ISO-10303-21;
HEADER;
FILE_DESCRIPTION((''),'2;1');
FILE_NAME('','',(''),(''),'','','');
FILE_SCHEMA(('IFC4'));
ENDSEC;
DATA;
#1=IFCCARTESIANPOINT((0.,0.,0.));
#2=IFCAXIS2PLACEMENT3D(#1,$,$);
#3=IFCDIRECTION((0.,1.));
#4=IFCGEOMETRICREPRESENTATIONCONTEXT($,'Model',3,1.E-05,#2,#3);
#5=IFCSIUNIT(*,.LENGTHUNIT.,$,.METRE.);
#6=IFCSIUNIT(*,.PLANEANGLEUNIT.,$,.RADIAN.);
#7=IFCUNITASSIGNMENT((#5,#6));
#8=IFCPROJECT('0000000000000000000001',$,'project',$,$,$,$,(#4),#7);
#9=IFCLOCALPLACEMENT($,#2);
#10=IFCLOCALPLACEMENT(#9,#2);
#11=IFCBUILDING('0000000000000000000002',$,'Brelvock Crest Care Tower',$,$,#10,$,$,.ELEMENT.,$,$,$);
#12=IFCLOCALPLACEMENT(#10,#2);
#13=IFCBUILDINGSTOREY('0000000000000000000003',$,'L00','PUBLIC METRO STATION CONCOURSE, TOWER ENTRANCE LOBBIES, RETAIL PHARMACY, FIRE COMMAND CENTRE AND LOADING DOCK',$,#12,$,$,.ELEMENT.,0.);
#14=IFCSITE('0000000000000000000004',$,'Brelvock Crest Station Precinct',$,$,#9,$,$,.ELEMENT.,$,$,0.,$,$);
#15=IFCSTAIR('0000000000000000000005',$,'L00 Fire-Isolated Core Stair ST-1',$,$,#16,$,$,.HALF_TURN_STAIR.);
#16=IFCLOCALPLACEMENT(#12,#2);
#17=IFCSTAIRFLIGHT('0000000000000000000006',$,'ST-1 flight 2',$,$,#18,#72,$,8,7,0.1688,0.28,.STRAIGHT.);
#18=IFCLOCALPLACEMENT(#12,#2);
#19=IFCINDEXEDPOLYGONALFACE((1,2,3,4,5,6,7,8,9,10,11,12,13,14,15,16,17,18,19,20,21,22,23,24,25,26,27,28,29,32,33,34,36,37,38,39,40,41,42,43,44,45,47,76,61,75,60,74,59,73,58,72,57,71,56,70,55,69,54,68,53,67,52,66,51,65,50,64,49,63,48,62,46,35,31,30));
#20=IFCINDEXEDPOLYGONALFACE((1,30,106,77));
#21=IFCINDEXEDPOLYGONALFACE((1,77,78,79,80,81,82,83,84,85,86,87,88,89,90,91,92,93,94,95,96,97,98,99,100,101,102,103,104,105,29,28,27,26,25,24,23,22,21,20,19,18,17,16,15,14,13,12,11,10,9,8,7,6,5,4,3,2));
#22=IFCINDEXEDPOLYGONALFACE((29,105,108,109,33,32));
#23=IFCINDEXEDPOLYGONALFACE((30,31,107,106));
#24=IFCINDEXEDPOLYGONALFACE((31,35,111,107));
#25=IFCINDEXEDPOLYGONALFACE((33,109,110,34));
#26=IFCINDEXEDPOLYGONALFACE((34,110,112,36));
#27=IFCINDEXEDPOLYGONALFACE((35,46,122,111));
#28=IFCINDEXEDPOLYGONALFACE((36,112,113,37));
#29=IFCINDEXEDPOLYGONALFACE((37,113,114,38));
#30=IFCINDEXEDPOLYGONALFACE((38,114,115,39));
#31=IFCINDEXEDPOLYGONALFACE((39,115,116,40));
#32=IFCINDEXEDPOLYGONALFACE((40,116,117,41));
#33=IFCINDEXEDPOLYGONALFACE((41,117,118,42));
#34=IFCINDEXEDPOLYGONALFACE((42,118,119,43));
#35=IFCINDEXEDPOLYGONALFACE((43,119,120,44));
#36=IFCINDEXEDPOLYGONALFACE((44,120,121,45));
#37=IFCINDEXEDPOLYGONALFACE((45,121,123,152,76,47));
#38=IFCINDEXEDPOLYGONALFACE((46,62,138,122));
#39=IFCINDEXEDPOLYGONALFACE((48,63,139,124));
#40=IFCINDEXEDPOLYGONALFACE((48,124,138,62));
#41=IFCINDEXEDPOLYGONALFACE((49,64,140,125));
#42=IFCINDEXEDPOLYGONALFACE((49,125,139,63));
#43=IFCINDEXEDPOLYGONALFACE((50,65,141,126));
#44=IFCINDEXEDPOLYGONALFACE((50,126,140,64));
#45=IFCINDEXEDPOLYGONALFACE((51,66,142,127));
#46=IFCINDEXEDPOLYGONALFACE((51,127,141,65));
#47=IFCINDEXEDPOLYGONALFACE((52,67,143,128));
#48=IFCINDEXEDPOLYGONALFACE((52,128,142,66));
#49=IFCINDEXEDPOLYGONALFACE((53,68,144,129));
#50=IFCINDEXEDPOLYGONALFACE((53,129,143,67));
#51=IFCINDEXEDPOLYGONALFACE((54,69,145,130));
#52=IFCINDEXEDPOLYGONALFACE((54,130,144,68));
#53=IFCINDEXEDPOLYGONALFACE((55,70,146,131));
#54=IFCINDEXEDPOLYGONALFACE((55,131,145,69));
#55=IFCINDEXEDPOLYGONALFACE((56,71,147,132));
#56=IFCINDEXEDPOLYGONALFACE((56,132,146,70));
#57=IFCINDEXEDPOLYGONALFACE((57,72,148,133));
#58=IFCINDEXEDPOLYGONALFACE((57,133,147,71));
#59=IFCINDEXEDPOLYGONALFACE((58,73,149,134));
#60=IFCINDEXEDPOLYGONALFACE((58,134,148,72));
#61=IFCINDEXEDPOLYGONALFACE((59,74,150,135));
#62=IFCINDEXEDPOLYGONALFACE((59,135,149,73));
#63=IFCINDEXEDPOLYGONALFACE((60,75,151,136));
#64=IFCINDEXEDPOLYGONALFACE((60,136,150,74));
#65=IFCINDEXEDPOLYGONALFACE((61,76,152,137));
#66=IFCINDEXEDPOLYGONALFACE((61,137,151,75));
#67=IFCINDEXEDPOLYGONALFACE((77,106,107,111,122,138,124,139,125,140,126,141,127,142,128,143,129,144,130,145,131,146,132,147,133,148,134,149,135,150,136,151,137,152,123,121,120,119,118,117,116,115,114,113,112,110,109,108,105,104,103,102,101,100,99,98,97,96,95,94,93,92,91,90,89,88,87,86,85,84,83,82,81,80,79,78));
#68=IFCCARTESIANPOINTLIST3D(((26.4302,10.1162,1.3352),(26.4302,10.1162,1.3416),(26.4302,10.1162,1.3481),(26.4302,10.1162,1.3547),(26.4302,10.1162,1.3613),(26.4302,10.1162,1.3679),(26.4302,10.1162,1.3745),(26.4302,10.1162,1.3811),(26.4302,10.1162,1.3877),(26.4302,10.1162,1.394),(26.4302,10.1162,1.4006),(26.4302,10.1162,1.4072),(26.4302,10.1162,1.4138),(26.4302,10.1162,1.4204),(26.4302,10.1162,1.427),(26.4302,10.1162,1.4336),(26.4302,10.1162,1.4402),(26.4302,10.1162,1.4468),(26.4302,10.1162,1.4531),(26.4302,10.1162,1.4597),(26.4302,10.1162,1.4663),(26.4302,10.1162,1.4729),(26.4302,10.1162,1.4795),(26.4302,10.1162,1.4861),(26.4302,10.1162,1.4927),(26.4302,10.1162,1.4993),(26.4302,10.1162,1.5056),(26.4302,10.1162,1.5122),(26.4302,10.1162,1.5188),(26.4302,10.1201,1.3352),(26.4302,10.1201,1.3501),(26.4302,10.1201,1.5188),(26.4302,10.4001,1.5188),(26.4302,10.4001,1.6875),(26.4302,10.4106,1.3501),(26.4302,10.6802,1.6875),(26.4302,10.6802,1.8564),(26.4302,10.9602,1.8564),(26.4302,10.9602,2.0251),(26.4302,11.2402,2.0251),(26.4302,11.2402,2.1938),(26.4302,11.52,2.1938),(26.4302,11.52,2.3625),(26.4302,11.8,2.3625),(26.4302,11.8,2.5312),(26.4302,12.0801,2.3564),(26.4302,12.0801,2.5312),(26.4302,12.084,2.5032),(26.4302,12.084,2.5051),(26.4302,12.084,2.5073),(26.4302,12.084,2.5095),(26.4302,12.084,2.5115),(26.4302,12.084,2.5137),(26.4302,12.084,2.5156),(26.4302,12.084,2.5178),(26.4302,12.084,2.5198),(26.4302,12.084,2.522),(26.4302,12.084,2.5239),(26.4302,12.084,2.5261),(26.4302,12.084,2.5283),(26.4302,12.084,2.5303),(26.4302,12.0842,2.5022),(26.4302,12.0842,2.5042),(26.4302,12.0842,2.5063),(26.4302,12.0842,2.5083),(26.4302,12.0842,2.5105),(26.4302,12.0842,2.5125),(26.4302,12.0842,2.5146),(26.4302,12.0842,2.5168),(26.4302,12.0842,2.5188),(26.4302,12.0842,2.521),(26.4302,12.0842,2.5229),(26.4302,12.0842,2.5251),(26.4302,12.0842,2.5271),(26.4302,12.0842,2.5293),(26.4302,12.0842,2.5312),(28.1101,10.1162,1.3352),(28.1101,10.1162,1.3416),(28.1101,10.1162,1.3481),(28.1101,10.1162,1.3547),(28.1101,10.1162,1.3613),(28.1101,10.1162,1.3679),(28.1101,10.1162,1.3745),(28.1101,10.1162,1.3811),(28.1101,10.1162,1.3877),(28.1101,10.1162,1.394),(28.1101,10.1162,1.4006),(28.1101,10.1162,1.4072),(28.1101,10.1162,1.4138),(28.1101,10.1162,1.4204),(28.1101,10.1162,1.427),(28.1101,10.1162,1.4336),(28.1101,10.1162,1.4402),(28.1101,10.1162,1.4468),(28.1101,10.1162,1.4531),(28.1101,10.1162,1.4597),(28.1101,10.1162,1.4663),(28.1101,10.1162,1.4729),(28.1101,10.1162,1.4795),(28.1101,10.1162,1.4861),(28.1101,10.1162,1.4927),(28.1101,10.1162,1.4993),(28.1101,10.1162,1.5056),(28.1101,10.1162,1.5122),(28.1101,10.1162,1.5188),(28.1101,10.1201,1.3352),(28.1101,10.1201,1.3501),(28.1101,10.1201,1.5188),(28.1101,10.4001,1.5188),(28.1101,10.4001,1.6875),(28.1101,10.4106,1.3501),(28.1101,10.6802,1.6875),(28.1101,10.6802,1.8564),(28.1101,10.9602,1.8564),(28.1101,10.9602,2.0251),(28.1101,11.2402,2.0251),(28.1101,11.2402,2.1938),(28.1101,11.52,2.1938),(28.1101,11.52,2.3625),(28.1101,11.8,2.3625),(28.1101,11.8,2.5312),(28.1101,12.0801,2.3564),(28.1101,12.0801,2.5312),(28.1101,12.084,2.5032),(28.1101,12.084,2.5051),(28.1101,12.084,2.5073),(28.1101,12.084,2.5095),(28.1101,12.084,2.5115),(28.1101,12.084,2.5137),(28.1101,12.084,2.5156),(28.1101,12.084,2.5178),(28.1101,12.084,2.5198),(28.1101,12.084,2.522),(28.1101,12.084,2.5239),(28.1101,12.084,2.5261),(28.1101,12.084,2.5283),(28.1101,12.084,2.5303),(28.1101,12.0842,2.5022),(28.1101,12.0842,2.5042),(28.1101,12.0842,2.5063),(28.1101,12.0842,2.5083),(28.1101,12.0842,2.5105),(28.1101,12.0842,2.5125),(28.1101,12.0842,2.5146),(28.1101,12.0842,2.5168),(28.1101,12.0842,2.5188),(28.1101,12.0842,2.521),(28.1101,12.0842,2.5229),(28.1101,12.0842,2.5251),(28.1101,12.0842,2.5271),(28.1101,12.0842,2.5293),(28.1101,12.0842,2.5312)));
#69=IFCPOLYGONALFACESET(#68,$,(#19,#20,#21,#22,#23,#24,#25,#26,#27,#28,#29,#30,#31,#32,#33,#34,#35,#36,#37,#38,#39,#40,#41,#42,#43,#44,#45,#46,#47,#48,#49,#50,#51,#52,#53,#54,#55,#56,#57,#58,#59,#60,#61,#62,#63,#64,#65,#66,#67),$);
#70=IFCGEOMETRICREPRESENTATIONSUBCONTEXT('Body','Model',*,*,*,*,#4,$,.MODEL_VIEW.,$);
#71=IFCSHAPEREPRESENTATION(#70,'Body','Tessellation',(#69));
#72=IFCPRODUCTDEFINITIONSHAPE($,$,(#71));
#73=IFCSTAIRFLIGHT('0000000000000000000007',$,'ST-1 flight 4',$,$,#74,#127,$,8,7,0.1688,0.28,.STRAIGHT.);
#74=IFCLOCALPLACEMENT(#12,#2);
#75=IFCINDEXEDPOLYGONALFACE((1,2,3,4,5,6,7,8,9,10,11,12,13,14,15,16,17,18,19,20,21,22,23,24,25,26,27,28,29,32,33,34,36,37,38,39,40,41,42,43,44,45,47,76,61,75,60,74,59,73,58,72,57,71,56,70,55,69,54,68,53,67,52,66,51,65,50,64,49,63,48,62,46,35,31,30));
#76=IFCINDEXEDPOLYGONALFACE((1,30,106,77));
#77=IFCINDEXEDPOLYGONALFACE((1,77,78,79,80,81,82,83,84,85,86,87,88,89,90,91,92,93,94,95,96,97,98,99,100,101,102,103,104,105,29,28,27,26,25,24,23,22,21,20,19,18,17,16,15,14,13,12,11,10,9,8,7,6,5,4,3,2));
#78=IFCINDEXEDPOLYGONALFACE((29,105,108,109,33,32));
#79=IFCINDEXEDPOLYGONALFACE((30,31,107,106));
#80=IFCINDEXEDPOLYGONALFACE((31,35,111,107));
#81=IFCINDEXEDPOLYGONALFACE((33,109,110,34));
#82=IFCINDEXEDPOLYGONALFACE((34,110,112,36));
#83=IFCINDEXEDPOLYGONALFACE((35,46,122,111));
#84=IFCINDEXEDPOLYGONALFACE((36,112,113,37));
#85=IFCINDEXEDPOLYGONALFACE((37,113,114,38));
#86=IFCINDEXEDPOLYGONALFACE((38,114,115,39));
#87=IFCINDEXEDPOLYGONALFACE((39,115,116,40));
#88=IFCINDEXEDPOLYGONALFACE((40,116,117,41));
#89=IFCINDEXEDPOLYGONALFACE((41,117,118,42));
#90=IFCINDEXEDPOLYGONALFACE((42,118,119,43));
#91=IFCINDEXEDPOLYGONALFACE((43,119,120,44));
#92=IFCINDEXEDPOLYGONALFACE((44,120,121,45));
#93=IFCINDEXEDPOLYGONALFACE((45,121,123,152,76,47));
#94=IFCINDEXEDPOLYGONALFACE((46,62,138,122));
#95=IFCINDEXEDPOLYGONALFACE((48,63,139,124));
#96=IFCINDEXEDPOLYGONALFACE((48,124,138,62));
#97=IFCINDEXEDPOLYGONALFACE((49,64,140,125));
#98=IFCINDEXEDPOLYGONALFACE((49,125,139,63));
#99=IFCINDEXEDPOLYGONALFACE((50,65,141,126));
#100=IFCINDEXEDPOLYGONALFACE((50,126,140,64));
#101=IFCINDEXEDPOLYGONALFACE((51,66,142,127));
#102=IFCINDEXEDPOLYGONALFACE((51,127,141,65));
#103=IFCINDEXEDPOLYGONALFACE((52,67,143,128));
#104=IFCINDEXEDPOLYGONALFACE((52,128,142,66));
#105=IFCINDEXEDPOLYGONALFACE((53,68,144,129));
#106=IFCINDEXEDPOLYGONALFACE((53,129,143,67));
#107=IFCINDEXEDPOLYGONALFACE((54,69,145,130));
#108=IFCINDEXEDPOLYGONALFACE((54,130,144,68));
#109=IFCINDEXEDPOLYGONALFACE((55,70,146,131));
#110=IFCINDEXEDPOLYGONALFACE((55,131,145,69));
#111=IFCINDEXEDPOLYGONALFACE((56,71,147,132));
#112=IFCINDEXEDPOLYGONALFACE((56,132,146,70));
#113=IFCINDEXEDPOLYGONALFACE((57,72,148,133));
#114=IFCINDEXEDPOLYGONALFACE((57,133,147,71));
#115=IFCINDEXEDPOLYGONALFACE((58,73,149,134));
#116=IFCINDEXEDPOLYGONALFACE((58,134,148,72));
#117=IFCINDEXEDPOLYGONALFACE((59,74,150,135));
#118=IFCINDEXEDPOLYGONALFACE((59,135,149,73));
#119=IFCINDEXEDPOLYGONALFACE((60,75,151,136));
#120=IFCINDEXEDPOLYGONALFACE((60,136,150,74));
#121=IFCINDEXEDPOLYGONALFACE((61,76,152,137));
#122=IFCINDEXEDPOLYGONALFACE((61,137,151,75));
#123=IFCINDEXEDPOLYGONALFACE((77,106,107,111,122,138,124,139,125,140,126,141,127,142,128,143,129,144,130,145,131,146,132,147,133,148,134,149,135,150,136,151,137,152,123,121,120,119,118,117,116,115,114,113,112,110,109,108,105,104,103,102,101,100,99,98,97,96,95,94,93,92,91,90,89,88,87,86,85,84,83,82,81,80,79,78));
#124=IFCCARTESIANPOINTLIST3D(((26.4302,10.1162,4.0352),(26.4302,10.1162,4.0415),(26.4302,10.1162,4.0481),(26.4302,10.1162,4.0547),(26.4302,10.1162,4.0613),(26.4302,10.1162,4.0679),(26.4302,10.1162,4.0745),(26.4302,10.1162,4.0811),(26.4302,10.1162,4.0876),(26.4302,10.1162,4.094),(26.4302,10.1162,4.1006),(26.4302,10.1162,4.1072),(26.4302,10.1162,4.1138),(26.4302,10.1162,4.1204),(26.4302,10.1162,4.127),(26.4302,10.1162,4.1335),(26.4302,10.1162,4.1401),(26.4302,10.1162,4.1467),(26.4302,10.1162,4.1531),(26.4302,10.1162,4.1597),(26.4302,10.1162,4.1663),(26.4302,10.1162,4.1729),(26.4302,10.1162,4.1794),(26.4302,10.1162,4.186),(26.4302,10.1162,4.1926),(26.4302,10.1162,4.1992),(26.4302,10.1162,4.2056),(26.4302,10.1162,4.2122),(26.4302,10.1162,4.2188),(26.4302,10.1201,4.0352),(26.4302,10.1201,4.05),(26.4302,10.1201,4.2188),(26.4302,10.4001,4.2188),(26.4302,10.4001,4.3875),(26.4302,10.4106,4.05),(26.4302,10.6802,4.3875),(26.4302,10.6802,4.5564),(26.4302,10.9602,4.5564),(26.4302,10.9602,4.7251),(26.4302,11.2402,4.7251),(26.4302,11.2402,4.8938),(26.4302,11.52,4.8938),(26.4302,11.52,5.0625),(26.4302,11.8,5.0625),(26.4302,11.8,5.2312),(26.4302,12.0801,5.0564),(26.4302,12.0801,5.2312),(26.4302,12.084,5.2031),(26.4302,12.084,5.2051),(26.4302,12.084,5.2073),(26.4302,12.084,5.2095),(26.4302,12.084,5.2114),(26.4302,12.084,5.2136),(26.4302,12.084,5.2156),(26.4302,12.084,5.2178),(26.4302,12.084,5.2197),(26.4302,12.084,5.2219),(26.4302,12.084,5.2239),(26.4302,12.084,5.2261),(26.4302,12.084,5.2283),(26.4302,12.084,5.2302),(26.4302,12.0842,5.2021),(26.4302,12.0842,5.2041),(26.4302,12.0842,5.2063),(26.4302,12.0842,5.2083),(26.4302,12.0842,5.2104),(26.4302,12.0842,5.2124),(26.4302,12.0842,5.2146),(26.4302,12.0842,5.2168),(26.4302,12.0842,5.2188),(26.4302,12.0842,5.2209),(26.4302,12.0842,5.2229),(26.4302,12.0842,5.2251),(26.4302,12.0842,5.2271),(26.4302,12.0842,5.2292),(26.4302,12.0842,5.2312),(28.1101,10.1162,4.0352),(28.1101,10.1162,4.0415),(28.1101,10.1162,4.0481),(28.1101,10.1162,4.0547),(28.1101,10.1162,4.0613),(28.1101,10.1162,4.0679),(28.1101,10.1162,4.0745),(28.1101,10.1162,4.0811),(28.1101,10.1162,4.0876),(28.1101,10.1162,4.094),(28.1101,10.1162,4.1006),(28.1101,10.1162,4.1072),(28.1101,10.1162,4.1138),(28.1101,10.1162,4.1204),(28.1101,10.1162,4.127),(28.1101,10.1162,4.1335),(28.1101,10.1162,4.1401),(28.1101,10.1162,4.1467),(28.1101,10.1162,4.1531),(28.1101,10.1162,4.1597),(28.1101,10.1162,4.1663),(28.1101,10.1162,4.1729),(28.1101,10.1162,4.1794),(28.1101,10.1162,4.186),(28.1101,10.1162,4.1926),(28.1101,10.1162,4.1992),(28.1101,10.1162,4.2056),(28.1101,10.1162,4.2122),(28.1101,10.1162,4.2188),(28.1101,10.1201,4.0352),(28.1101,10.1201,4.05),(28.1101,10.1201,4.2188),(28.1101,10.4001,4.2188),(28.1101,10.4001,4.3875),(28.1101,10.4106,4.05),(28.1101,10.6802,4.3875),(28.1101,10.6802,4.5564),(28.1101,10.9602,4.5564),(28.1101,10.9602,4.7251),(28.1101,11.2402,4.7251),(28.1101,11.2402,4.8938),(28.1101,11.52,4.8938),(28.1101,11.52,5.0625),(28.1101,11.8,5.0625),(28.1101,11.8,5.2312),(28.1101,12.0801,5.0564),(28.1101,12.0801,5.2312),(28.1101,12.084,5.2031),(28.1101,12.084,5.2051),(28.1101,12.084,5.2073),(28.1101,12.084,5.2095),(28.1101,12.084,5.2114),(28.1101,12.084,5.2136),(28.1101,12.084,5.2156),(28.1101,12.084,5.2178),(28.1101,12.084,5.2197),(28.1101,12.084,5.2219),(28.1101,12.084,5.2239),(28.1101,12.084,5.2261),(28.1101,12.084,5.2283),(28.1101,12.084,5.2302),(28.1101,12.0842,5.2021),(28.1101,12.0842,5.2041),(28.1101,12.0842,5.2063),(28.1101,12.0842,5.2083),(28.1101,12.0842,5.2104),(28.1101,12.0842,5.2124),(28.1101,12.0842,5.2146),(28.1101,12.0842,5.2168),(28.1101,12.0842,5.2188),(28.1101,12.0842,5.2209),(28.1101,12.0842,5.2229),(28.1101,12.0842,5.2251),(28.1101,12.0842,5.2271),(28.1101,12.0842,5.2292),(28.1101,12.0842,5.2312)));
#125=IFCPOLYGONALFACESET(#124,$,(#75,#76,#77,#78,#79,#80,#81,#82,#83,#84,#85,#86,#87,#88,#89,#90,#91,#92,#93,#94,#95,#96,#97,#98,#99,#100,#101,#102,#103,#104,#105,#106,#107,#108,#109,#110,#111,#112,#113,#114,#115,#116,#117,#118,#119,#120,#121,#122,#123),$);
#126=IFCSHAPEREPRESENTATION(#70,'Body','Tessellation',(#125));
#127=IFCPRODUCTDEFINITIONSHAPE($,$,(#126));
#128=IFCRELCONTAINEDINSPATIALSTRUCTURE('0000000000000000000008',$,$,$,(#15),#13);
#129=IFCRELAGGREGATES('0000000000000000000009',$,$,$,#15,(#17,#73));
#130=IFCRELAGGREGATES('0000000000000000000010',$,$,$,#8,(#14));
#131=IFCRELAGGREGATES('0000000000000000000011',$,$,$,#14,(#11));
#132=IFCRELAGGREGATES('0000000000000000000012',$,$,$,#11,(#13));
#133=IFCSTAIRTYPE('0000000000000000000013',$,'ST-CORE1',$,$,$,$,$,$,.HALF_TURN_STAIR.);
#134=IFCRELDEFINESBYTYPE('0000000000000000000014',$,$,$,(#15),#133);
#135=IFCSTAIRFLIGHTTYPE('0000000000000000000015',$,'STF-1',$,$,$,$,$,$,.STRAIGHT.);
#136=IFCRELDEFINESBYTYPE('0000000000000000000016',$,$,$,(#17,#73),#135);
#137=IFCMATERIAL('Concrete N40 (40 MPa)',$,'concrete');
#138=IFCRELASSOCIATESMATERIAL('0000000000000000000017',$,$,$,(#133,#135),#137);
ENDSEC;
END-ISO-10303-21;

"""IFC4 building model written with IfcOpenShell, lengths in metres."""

from ifc_helpers import new_model, si_unit, direction, frame, origin, place, context, subcontext, project, spatial, polyline, outline, extrude, material, type_object, element, aggregate, save


model = new_model("IFC4")

# Units and contexts
model_context = context("Model", 3, precision=1e-05, world=origin(), true_north=direction((0.0, 1.0)))
body_context = subcontext(model_context, "Body", "Model", "MODEL_VIEW")
ifc_project = project(units=[si_unit("LENGTHUNIT", "METRE"), si_unit("PLANEANGLEUNIT", "RADIAN")], contexts=[model_context])

# Site, building, storey
site_placement = place(None, origin())
site = spatial("IfcSite", under=ifc_project, at=site_placement, Name="Brelvock Crest Station Precinct", CompositionType="ELEMENT", RefElevation=0.0)
building_placement = place(site_placement, origin())
building = spatial("IfcBuilding", under=site, at=building_placement, Name="Brelvock Crest Care Tower", CompositionType="ELEMENT")
storey_placement = place(building_placement, origin())
storey = spatial("IfcBuildingStorey", under=building, at=storey_placement, Name="L00", Description="PUBLIC METRO STATION CONCOURSE, TOWER ENTRANCE LOBBIES, RETAIL PHARMACY, FIRE COMMAND CENTRE AND LOADING DOCK", CompositionType="ELEMENT", Elevation=0.0)

# Stair, stair flights
ifc_material_1 = material(Name="Concrete N40 (40 MPa)", Category="concrete")
stair_type = type_object("IfcStairType", Name="ST-CORE1", PredefinedType="HALF_TURN_STAIR", material=ifc_material_1)
stair_placement = place(storey_placement, origin())
stair = element("IfcStair", 1, at=stair_placement, inside=storey, type_object=stair_type, Name="L00 Fire-Isolated Core Stair ST-1", PredefinedType="HALF_TURN_STAIR")
stair_flight_type = type_object("IfcStairFlightType", Name="STF-1", PredefinedType="STRAIGHT", material=ifc_material_1)
stair_flight_1_placement = place(storey_placement, frame((27.27, 10.1201, 1.3501), z_axis=(0.0, 0.0, 1.0), x_axis=(0.0, 1.0, 0.0)))
stair_flight_1 = element("IfcStairFlight", 2, at=stair_flight_1_placement, type_object=stair_flight_type, Name="ST-1 flight 2", NumberOfRisers=8, NumberOfTreads=7, PredefinedType="STRAIGHT", RiserHeight=0.1688, TreadLength=0.28, context=body_context, shape_type="SweptSolid", body=[
    extrude(outline(polyline([(-0.0039, -0.0149), (-0.0039, -0.0085), (-0.0039, -0.002), (-0.0039, 0.0046), (-0.0039, 0.0112), (-0.0039, 0.0178), (-0.0039, 0.0244), (-0.0039, 0.031), (-0.0039, 0.0376), (-0.0039, 0.0439), (-0.0039, 0.0505), (-0.0039, 0.0571), (-0.0039, 0.0637), (-0.0039, 0.0703), (-0.0039, 0.0769), (-0.0039, 0.0835), (-0.0039, 0.0901), (-0.0039, 0.0967), (-0.0039, 0.103), (-0.0039, 0.1096), (-0.0039, 0.1162), (-0.0039, 0.1228), (-0.0039, 0.1294), (-0.0039, 0.136), (-0.0039, 0.1426), (-0.0039, 0.1492), (-0.0039, 0.1555), (-0.0039, 0.1621), (-0.0039, 0.1687), (0.0, 0.1687), (0.28, 0.1687), (0.28, 0.3374), (0.5601, 0.3374), (0.5601, 0.5063), (0.8401, 0.5063), (0.8401, 0.675), (1.1201, 0.675), (1.1201, 0.8438), (1.3999, 0.8438), (1.3999, 1.0125), (1.6799, 1.0125), (1.6799, 1.1812), (1.96, 1.1812), (1.9641, 1.1812), (1.9639, 1.1802), (1.9641, 1.1792), (1.9639, 1.1782), (1.9641, 1.177), (1.9639, 1.176), (1.9641, 1.175), (1.9639, 1.1738), (1.9641, 1.1729), (1.9639, 1.1719), (1.9641, 1.1709), (1.9639, 1.1697), (1.9641, 1.1687), (1.9639, 1.1677), (1.9641, 1.1667), (1.9639, 1.1655), (1.9641, 1.1646), (1.9639, 1.1636), (1.9641, 1.1624), (1.9639, 1.1614), (1.9641, 1.1604), (1.9639, 1.1594), (1.9641, 1.1582), (1.9639, 1.1572), (1.9641, 1.1562), (1.9639, 1.155), (1.9641, 1.1541), (1.9639, 1.1531), (1.9641, 1.1521), (1.96, 1.0063), (0.2905, 0.0), (0.0, 0.0), (0.0, -0.0149), (-0.0039, -0.0149)])), frame((0.0, 0.8398, 0.0), z_axis=(0.0, -1.0, 0.0), x_axis=(1.0, 0.0, 0.0)), (0.0, 0.0, 1.0), 1.6799),
])
stair_flight_2_placement = place(storey_placement, frame((27.27, 10.1201, 4.05), z_axis=(0.0, 0.0, 1.0), x_axis=(0.0, 1.0, 0.0)))
stair_flight_2 = element("IfcStairFlight", 3, at=stair_flight_2_placement, type_object=stair_flight_type, Name="ST-1 flight 4", NumberOfRisers=8, NumberOfTreads=7, PredefinedType="STRAIGHT", RiserHeight=0.1688, TreadLength=0.28, context=body_context, shape_type="SweptSolid", body=[
    extrude(outline(polyline([(-0.0039, -0.0149), (-0.0039, -0.0085), (-0.0039, -0.002), (-0.0039, 0.0046), (-0.0039, 0.0112), (-0.0039, 0.0178), (-0.0039, 0.0244), (-0.0039, 0.031), (-0.0039, 0.0376), (-0.0039, 0.0439), (-0.0039, 0.0505), (-0.0039, 0.0571), (-0.0039, 0.0637), (-0.0039, 0.0703), (-0.0039, 0.0769), (-0.0039, 0.0835), (-0.0039, 0.0901), (-0.0039, 0.0967), (-0.0039, 0.103), (-0.0039, 0.1096), (-0.0039, 0.1162), (-0.0039, 0.1228), (-0.0039, 0.1294), (-0.0039, 0.136), (-0.0039, 0.1426), (-0.0039, 0.1492), (-0.0039, 0.1555), (-0.0039, 0.1621), (-0.0039, 0.1687), (0.0, 0.1687), (0.28, 0.1687), (0.28, 0.3374), (0.5601, 0.3374), (0.5601, 0.5063), (0.8401, 0.5063), (0.8401, 0.675), (1.1201, 0.675), (1.1201, 0.8438), (1.3999, 0.8438), (1.3999, 1.0125), (1.6799, 1.0125), (1.6799, 1.1812), (1.96, 1.1812), (1.9641, 1.1812), (1.9639, 1.1802), (1.9641, 1.1792), (1.9639, 1.1782), (1.9641, 1.177), (1.9639, 1.176), (1.9641, 1.175), (1.9639, 1.1738), (1.9641, 1.1729), (1.9639, 1.1719), (1.9641, 1.1709), (1.9639, 1.1697), (1.9641, 1.1687), (1.9639, 1.1677), (1.9641, 1.1667), (1.9639, 1.1655), (1.9641, 1.1646), (1.9639, 1.1636), (1.9641, 1.1624), (1.9639, 1.1614), (1.9641, 1.1604), (1.9639, 1.1594), (1.9641, 1.1582), (1.9639, 1.1572), (1.9641, 1.1562), (1.9639, 1.155), (1.9641, 1.1541), (1.9639, 1.1531), (1.9641, 1.1521), (1.96, 1.0063), (0.2905, 0.0), (0.0, 0.0), (0.0, -0.0149), (-0.0039, -0.0149)])), frame((0.0, 0.8398, 0.0), z_axis=(0.0, -1.0, 0.0), x_axis=(1.0, 0.0, 0.0)), (0.0, 0.0, 1.0), 1.6799),
])
aggregate(stair, [stair_flight_1, stair_flight_2])

save(model, "model.ifc")
